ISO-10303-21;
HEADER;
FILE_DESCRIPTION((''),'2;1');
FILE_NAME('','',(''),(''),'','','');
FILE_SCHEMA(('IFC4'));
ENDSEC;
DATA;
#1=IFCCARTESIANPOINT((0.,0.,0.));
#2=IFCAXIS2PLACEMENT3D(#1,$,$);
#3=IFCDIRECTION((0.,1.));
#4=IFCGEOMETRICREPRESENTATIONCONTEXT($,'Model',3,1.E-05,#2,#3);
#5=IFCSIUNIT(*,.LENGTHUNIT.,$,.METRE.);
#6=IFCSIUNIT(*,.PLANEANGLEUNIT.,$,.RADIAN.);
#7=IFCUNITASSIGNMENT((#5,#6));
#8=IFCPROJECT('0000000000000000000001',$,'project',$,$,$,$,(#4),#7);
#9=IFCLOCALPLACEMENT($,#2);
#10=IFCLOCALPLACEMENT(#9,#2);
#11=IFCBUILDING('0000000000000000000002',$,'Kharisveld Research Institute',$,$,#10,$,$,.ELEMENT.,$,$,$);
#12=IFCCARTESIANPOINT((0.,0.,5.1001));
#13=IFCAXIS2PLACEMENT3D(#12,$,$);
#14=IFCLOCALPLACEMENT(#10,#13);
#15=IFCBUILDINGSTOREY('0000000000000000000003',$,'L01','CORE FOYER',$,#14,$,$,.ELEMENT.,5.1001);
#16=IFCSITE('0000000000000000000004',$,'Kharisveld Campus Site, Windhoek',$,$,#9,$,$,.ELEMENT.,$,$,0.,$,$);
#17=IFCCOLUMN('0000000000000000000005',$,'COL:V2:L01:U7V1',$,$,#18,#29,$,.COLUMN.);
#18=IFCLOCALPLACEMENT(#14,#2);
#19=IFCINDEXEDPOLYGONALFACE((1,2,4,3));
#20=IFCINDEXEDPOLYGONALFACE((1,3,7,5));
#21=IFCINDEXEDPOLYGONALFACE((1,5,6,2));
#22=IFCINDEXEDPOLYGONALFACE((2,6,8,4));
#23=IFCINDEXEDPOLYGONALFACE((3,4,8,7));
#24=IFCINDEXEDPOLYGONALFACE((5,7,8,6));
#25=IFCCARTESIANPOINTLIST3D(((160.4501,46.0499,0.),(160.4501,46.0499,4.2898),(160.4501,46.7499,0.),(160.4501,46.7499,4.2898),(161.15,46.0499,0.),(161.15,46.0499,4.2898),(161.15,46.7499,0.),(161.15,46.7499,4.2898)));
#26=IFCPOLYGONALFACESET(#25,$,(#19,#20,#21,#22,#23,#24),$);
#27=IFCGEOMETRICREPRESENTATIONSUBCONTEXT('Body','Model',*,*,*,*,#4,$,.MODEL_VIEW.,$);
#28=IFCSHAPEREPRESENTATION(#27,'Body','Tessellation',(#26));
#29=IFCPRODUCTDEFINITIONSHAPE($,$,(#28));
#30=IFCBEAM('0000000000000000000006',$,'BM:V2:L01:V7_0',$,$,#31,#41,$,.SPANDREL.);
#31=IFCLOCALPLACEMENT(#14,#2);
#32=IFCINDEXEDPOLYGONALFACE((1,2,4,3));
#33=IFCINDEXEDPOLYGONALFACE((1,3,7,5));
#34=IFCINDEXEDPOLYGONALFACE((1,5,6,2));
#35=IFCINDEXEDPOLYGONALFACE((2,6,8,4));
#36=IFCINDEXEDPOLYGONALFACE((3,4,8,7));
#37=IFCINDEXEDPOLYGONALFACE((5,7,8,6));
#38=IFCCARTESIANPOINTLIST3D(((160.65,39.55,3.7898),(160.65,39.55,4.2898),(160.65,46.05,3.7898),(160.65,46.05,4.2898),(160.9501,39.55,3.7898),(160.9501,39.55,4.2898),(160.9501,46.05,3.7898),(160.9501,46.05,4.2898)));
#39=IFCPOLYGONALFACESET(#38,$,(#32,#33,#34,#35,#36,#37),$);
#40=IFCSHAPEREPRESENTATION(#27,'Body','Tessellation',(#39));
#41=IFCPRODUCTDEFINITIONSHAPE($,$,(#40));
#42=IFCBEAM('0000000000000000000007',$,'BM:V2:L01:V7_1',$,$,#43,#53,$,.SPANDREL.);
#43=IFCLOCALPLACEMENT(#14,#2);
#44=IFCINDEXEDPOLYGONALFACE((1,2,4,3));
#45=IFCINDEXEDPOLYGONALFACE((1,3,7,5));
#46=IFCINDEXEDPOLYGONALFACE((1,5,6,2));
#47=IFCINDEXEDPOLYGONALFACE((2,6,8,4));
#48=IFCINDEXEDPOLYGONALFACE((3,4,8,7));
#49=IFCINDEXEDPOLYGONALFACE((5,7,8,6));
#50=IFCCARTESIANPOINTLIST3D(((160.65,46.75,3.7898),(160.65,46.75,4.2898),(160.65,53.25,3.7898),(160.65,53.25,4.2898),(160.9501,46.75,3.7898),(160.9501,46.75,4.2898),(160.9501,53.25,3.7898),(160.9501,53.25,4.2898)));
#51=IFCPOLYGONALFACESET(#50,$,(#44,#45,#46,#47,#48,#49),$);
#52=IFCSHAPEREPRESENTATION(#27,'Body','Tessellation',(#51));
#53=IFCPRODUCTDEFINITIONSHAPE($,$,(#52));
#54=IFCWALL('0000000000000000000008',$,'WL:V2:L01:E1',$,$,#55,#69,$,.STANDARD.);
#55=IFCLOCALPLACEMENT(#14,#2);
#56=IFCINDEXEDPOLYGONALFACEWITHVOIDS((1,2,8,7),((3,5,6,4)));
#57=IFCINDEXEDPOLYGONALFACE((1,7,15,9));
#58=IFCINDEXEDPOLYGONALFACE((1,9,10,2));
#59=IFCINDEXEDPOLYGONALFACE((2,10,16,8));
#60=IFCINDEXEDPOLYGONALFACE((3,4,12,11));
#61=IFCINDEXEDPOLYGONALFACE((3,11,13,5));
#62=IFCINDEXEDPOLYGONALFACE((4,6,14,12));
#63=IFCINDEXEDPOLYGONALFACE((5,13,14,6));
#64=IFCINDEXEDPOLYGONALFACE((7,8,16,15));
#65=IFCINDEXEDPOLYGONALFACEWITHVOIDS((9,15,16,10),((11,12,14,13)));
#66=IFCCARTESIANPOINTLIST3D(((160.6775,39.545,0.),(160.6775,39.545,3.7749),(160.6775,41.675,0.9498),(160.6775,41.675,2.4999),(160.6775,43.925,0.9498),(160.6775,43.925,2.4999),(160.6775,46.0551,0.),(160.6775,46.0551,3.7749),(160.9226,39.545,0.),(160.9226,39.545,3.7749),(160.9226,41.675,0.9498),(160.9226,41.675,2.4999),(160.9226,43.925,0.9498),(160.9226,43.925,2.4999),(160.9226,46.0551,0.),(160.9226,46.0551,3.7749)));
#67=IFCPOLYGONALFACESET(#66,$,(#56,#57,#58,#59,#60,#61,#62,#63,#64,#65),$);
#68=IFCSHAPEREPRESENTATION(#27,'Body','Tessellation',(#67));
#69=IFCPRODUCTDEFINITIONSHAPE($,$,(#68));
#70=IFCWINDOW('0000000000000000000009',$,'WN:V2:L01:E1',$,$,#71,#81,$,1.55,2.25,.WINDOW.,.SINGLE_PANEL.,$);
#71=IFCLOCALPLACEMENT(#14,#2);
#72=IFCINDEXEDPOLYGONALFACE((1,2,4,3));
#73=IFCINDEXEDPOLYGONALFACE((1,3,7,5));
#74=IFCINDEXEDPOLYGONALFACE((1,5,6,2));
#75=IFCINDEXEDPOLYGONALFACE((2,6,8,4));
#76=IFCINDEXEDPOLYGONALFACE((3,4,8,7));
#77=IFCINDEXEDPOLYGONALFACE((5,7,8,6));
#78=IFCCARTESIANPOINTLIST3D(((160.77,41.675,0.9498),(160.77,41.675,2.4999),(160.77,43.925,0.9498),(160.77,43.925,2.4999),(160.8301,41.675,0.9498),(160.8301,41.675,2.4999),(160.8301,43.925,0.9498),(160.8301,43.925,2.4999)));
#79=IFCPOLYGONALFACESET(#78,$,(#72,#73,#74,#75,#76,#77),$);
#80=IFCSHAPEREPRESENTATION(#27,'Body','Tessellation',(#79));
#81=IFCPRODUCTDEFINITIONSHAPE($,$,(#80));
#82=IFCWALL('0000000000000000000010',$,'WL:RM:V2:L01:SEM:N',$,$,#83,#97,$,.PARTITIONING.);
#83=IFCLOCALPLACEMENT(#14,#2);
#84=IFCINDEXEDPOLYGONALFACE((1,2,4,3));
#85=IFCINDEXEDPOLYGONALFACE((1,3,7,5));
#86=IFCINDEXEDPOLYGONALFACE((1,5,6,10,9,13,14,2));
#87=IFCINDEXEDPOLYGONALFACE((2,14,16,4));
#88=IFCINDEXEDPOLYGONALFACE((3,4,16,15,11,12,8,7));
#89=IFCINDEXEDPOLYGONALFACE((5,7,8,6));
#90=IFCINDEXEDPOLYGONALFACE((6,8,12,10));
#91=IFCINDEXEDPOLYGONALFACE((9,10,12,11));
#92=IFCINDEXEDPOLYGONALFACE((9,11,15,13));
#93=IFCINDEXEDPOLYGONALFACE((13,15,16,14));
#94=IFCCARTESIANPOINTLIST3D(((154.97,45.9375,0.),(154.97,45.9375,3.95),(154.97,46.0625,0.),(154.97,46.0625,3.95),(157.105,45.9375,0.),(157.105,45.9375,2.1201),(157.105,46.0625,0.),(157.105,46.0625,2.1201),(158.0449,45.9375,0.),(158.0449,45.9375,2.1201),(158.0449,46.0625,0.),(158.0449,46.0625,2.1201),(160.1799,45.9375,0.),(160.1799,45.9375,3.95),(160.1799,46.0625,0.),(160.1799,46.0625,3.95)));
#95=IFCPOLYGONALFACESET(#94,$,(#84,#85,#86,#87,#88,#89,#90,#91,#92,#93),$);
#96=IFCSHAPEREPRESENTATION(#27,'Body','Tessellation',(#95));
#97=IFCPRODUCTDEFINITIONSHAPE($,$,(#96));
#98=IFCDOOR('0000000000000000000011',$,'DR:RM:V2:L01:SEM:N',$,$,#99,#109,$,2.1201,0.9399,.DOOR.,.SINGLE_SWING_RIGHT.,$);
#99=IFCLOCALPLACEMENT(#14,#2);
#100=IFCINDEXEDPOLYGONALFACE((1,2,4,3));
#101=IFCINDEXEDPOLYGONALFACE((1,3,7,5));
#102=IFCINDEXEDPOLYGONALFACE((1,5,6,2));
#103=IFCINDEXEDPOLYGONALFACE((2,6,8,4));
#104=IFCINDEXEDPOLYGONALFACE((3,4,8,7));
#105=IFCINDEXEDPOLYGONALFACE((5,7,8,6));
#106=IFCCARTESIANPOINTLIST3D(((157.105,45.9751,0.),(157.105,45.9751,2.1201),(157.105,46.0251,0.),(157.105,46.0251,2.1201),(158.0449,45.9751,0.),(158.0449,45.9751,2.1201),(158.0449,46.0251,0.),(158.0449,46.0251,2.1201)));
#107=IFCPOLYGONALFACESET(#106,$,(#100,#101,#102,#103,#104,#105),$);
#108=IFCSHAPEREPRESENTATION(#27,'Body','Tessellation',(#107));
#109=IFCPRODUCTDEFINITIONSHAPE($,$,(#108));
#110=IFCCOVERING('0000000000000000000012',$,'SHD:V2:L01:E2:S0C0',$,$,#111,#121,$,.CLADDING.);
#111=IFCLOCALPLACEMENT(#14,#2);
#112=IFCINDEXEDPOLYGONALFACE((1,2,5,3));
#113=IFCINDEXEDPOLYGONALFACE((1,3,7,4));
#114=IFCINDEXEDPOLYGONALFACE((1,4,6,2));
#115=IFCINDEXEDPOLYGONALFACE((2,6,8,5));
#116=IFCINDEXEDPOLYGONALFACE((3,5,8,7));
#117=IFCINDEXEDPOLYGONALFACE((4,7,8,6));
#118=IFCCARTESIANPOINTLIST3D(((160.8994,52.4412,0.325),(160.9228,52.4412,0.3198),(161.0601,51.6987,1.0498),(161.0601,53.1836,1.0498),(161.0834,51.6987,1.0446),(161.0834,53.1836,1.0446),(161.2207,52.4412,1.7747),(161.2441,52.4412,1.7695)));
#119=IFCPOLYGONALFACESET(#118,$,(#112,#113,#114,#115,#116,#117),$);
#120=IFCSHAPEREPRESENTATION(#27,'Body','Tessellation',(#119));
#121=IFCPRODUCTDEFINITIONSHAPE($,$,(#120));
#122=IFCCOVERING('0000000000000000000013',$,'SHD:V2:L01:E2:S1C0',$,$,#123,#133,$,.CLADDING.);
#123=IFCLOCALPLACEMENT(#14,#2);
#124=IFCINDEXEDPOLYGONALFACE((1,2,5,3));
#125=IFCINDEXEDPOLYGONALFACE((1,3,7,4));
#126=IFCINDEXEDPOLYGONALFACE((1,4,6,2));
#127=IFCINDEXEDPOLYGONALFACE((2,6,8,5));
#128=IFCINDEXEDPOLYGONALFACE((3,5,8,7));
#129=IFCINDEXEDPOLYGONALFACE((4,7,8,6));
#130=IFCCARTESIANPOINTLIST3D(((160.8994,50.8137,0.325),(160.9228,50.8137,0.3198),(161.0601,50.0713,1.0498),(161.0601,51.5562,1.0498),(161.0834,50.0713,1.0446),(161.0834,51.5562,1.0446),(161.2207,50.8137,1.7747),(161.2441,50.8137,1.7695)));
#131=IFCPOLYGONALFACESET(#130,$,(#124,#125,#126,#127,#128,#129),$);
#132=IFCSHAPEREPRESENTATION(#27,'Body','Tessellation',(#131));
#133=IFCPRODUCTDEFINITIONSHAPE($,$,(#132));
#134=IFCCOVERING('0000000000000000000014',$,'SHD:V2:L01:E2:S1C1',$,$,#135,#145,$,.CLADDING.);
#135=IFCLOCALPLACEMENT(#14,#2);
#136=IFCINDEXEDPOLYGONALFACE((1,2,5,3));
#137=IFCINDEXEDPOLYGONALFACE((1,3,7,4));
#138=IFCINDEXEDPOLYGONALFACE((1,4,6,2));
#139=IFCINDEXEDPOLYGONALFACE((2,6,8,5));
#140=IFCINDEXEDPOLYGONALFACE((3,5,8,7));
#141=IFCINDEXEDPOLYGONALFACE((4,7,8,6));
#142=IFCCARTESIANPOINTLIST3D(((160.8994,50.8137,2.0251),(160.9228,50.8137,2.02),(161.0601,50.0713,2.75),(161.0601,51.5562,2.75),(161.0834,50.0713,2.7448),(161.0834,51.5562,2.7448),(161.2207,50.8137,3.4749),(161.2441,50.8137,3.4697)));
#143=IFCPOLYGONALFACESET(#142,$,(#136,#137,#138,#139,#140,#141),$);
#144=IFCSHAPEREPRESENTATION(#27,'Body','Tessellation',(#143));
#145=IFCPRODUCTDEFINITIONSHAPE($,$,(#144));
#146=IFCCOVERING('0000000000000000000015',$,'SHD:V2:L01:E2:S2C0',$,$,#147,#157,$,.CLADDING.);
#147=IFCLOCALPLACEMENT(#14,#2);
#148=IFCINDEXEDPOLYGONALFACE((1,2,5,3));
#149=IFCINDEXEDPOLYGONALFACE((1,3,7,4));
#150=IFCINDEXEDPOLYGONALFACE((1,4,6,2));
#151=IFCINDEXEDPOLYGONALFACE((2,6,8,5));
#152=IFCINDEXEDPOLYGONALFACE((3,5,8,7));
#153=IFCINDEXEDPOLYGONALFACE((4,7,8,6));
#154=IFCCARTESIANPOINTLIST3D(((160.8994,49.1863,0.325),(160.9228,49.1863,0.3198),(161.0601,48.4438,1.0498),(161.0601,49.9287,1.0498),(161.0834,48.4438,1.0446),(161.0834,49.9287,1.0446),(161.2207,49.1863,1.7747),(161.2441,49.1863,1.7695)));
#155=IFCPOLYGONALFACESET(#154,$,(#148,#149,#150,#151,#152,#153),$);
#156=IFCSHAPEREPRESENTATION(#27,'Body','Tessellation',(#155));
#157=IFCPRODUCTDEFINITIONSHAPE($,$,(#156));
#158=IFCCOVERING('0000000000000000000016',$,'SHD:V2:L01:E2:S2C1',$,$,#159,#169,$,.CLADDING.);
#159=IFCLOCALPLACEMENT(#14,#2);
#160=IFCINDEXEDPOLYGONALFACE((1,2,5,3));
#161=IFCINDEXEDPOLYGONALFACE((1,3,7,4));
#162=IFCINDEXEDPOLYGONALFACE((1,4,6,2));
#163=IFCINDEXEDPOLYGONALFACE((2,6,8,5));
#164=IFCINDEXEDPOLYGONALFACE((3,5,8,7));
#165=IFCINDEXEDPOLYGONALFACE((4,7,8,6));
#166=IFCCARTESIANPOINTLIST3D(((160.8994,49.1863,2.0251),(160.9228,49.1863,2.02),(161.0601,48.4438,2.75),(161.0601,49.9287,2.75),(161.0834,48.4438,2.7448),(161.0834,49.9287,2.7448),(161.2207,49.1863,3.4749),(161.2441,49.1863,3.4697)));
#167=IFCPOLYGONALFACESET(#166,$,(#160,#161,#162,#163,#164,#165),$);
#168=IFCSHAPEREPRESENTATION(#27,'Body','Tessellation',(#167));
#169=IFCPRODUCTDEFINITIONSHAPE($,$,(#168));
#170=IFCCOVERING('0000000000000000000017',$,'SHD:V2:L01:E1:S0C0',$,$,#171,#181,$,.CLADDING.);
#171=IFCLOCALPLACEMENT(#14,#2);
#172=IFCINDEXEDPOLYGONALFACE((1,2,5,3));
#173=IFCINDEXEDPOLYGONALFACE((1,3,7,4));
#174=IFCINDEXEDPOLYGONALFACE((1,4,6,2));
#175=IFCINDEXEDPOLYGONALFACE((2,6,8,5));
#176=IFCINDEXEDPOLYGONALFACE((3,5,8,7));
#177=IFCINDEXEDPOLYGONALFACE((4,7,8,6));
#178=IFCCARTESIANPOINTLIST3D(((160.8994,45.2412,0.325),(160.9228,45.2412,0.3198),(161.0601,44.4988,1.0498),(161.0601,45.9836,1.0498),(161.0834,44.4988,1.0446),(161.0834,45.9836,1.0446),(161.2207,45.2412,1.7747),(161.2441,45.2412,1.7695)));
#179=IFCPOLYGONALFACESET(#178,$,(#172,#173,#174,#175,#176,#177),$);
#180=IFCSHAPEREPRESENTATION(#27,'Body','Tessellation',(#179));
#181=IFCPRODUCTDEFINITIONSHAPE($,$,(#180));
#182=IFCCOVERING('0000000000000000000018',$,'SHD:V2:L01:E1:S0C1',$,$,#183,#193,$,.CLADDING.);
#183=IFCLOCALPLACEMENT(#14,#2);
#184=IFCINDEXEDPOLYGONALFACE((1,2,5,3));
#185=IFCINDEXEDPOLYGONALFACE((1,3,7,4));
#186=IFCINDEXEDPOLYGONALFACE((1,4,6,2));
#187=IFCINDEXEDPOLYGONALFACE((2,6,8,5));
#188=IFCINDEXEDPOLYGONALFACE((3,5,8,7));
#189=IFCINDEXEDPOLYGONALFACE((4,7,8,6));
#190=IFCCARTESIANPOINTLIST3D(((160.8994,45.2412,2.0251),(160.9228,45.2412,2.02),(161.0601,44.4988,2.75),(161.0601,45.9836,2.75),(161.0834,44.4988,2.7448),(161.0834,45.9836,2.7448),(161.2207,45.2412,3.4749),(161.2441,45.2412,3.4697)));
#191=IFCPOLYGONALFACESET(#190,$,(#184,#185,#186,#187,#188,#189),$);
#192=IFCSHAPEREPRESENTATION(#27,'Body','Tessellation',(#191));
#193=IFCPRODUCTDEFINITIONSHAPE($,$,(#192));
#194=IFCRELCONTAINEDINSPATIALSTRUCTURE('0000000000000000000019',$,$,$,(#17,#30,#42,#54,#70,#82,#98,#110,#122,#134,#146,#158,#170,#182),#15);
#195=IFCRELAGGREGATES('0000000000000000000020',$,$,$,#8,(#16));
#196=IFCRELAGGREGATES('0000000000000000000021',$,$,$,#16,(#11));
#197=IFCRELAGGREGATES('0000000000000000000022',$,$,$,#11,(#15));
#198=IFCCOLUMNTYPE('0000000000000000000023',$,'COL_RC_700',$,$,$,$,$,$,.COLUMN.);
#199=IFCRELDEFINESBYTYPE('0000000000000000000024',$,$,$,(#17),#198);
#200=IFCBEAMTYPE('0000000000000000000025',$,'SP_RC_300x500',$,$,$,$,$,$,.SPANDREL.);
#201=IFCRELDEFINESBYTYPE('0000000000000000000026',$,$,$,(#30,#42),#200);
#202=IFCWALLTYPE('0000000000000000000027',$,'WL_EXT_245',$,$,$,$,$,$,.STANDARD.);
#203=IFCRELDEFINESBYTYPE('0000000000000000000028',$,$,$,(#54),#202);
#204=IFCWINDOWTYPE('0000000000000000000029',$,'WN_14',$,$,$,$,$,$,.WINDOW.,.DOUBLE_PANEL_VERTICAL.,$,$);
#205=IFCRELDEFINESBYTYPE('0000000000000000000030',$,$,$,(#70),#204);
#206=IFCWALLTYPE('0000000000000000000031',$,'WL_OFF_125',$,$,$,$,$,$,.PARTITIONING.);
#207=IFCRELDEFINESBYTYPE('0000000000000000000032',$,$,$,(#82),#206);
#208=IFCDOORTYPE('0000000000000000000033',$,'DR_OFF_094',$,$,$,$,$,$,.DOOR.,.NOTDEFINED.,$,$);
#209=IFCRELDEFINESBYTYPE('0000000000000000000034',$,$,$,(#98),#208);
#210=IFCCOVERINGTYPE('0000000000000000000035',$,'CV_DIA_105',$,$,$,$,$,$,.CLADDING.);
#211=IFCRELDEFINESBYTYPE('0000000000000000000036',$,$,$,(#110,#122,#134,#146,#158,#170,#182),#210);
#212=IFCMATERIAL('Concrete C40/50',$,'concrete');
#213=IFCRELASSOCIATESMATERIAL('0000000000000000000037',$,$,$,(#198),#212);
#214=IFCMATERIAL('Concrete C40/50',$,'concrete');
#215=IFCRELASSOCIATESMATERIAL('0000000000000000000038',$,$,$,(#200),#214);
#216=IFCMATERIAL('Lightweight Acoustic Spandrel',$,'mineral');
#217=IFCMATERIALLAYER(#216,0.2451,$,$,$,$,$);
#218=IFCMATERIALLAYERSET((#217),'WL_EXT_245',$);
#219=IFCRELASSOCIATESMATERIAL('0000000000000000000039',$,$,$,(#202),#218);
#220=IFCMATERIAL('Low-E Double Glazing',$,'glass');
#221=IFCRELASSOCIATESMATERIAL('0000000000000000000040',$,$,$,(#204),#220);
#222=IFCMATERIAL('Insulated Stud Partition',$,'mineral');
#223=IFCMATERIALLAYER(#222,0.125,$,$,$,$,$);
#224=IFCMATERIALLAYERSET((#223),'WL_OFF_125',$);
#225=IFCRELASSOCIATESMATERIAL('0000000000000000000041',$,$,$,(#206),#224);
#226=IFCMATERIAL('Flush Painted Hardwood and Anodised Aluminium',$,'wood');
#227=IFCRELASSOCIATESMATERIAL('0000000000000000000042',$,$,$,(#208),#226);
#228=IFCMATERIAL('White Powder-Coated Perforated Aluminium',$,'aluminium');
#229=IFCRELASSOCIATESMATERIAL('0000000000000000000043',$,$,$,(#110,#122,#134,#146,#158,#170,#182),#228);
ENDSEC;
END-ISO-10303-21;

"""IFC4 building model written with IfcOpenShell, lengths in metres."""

from ifc_helpers import new_model, si_unit, direction, frame, frame_2d, origin, origin_2d, place, context, subcontext, project, spatial, polyline, rectangle, outline, extrude, material, layer, layer_set, material_profile, profile_set, type_object, element, fill, save


model = new_model("IFC4")

# Units and contexts
model_context = context("Model", 3, precision=1e-05, world=origin(), true_north=direction((0.0, 1.0)))
body_context = subcontext(model_context, "Body", "Model", "MODEL_VIEW")
ifc_project = project(units=[si_unit("LENGTHUNIT", "METRE"), si_unit("PLANEANGLEUNIT", "RADIAN")], contexts=[model_context])

# Site, building, storey
site_placement = place(None, origin())
site = spatial("IfcSite", under=ifc_project, at=site_placement, Name="Kharisveld Campus Site, Windhoek", CompositionType="ELEMENT", RefElevation=0.0)
building_placement = place(site_placement, origin())
building = spatial("IfcBuilding", under=site, at=building_placement, Name="Kharisveld Research Institute", CompositionType="ELEMENT")
storey_placement = place(building_placement, frame((0.0, 0.0, 5.1001)))
storey = spatial("IfcBuildingStorey", under=building, at=storey_placement, Name="L01", Description="CORE FOYER", CompositionType="ELEMENT", Elevation=5.1001)

# Column
ifc_material_1 = material(Name="Concrete C40/50", Category="concrete")
ifc_material_profile_1 = material_profile(ifc_material_1, rectangle(XDim=0.7, YDim=0.7, at=origin_2d()))
ifc_profile_set_1 = profile_set([ifc_material_profile_1], Name="Concrete C40/50")
column_type = type_object("IfcColumnType", Name="COL_RC_700", PredefinedType="COLUMN", material=ifc_profile_set_1)
column_placement = place(storey_placement, frame((160.8, 46.3999, 0.0), z_axis=(0.0, 0.0, 1.0), x_axis=(1.0, 0.0, 0.0)))
element("IfcColumn", 1, at=column_placement, inside=storey, type_object=column_type, Name="COL:V2:L01:U7V1", PredefinedType="COLUMN", context=body_context, shape_type="SweptSolid", body=[
    extrude(rectangle(XDim=0.7, YDim=0.7, at=origin_2d()), origin(), (0.0, 0.0, 1.0), 4.2898),
])

# Beams
ifc_material_2 = material(Name="Concrete C40/50", Category="concrete")
ifc_material_profile_2 = material_profile(ifc_material_2, rectangle(XDim=0.3, YDim=0.5, at=origin_2d()))
ifc_profile_set_2 = profile_set([ifc_material_profile_2], Name="Concrete C40/50")
beam_type = type_object("IfcBeamType", Name="SP_RC_300x500", PredefinedType="SPANDREL", material=ifc_profile_set_2)
for number, where, z_axis, x_axis, name in (
    (2, (160.8, 39.55, 4.0398), (0.0, 1.0, 0.0), (-1.0, 0.0, 0.0), "BM:V2:L01:V7_0"),
    (3, (160.8, 46.75, 4.0398), (0.0, 1.0, 0.0), (-1.0, 0.0, 0.0), "BM:V2:L01:V7_1"),
):
    element("IfcBeam", number, at=place(storey_placement, frame(where, z_axis=z_axis, x_axis=x_axis)), inside=storey, type_object=beam_type, Name=name, PredefinedType="SPANDREL", context=body_context, shape_type="SweptSolid", body=[
        extrude(rectangle(XDim=0.3, YDim=0.5, at=origin_2d()), origin(), (0.0, 0.0, 1.0), 6.5),
    ])

# Wall, opening, window
ifc_material_3 = material(Name="Lightweight Acoustic Spandrel", Category="mineral")
ifc_layer_1 = layer(ifc_material_3, 0.2451)
ifc_layer_set_1 = layer_set([ifc_layer_1], Name="WL_EXT_245")
wall_type_1 = type_object("IfcWallType", Name="WL_EXT_245", PredefinedType="STANDARD", material=ifc_layer_set_1)
wall_1_placement = place(storey_placement, frame((160.8, 46.0549, 0.0), z_axis=(0.0, 0.0, 1.0), x_axis=(0.0, -1.0, 0.0)))
wall_1 = element("IfcWall", 4, at=wall_1_placement, inside=storey, type_object=wall_type_1, Name="WL:V2:L01:E1", PredefinedType="STANDARD", context=body_context, shape_type="SweptSolid", body=[
    extrude(rectangle(XDim=6.51, YDim=0.2451, at=frame_2d((3.2549, 0.0))), origin(), (0.0, 0.0, 1.0), 3.7749),
])
opening_1_placement = place(wall_1_placement, frame((2.1299, 0.0, 0.95)))
opening_1 = element("IfcOpeningElement", 5, at=opening_1_placement, cuts=wall_1, PredefinedType="OPENING", context=body_context, shape_type="SweptSolid", body=[
    extrude(rectangle(XDim=2.25, YDim=1.55, at=frame_2d((1.125, 0.7749))), frame((0.0, 0.1226, 0.0), z_axis=(0.0, -1.0, 0.0), x_axis=(1.0, 0.0, 0.0)), (0.0, 0.0, 1.0), 0.2451),
])
ifc_material_4 = material(Name="Low-E Double Glazing", Category="glass")
window_type = type_object("IfcWindowType", Name="WN_14", PartitioningType="DOUBLE_PANEL_VERTICAL", PredefinedType="WINDOW", material=ifc_material_4)
window_placement = place(opening_1_placement, origin())
window = element("IfcWindow", 6, at=window_placement, inside=storey, type_object=window_type, Name="WN:V2:L01:E1", OverallHeight=1.55, OverallWidth=2.25, PartitioningType="SINGLE_PANEL", PredefinedType="WINDOW", context=body_context, shape_type="SweptSolid", body=[
    extrude(rectangle(XDim=2.25, YDim=1.55, at=frame_2d((1.125, 0.7749))), frame((0.0, 0.03, 0.0), z_axis=(0.0, -1.0, 0.0), x_axis=(1.0, 0.0, 0.0)), (0.0, 0.0, 1.0), 0.0601),
])
fill(opening_1, window)

# Wall, opening, door
ifc_material_5 = material(Name="Insulated Stud Partition", Category="mineral")
ifc_layer_2 = layer(ifc_material_5, 0.125)
ifc_layer_set_2 = layer_set([ifc_layer_2], Name="WL_OFF_125")
wall_type_2 = type_object("IfcWallType", Name="WL_OFF_125", PredefinedType="PARTITIONING", material=ifc_layer_set_2)
wall_2_placement = place(storey_placement, frame((160.1799, 46.0, 0.0), z_axis=(0.0, 0.0, 1.0), x_axis=(-1.0, 0.0, 0.0)))
wall_2 = element("IfcWall", 7, at=wall_2_placement, inside=storey, type_object=wall_type_2, Name="WL:RM:V2:L01:SEM:N", PredefinedType="PARTITIONING", context=body_context, shape_type="SweptSolid", body=[
    extrude(rectangle(XDim=5.21, YDim=0.125, at=frame_2d((2.605, 0.0))), origin(), (0.0, 0.0, 1.0), 3.95),
])
opening_2_placement = place(wall_2_placement, frame((2.135, 0.0, 0.0)))
opening_2 = element("IfcOpeningElement", 8, at=opening_2_placement, cuts=wall_2, PredefinedType="OPENING", context=body_context, shape_type="SweptSolid", body=[
    extrude(rectangle(XDim=0.9399, YDim=2.1201, at=frame_2d((0.47, 1.0601))), frame((0.0, 0.0625, 0.0), z_axis=(0.0, -1.0, 0.0), x_axis=(1.0, 0.0, 0.0)), (0.0, 0.0, 1.0), 0.125),
])
ifc_material_6 = material(Name="Flush Painted Hardwood and Anodised Aluminium", Category="wood")
door_type = type_object("IfcDoorType", Name="DR_OFF_094", OperationType="NOTDEFINED", PredefinedType="DOOR", material=ifc_material_6)
door_placement = place(opening_2_placement, origin())
door = element("IfcDoor", 9, at=door_placement, inside=storey, type_object=door_type, Name="DR:RM:V2:L01:SEM:N", OperationType="SINGLE_SWING_RIGHT", OverallHeight=2.1201, OverallWidth=0.9399, PredefinedType="DOOR", context=body_context, shape_type="SweptSolid", body=[
    extrude(rectangle(XDim=0.9399, YDim=2.1201, at=frame_2d((0.47, 1.0601))), frame((0.0, 0.0249, 0.0), z_axis=(0.0, -1.0, 0.0), x_axis=(1.0, 0.0, 0.0)), (0.0, 0.0, 1.0), 0.05),
])
fill(opening_2, door)

# Coverings
ifc_material_7 = material(Name="White Powder-Coated Perforated Aluminium", Category="aluminium")
covering_type = type_object("IfcCoveringType", Name="CV_DIA_105", PredefinedType="CLADDING")
for number, where, z_axis, x_axis, name in (
    (10, (160.8994, 52.4412, 0.325), (-0.976311, 0.0, 0.216373), (0.153, -0.707102, 0.69036), "SHD:V2:L01:E2:S0C0"),
    (11, (160.8994, 50.8137, 0.325), (-0.976311, 0.0, 0.216373), (0.153, -0.707102, 0.69036), "SHD:V2:L01:E2:S1C0"),
    (12, (160.8994, 50.8137, 2.0251), (-0.976311, 0.0, 0.216373), (0.153, -0.707102, 0.69036), "SHD:V2:L01:E2:S1C1"),
    (13, (160.8994, 49.1863, 0.325), (-0.976311, 0.0, 0.216373), (0.153, -0.707102, 0.69036), "SHD:V2:L01:E2:S2C0"),
    (14, (160.8994, 49.1863, 2.0251), (-0.976311, 0.0, 0.216373), (0.153, -0.707102, 0.69036), "SHD:V2:L01:E2:S2C1"),
    (15, (160.8994, 45.2412, 0.325), (-0.976311, 0.0, 0.216373), (0.153, -0.707102, 0.69036), "SHD:V2:L01:E1:S0C0"),
    (16, (160.8994, 45.2412, 2.0251), (-0.976311, 0.0, 0.216373), (0.153, -0.707102, 0.69036), "SHD:V2:L01:E1:S0C1"),
):
    element("IfcCovering", number, at=place(storey_placement, frame(where, z_axis=z_axis, x_axis=x_axis)), inside=storey, type_object=covering_type, material=ifc_material_7, Name=name, PredefinedType="CLADDING", context=body_context, shape_type="SweptSolid", body=[
        extrude(outline(polyline([(0.0, 0.0), (1.05, 0.0), (1.05, 1.05), (0.0, 1.05), (0.0, 0.0)])), origin(), (0.0, 0.0, -1.0), 0.0239),
    ])

save(model, "model.ifc")
